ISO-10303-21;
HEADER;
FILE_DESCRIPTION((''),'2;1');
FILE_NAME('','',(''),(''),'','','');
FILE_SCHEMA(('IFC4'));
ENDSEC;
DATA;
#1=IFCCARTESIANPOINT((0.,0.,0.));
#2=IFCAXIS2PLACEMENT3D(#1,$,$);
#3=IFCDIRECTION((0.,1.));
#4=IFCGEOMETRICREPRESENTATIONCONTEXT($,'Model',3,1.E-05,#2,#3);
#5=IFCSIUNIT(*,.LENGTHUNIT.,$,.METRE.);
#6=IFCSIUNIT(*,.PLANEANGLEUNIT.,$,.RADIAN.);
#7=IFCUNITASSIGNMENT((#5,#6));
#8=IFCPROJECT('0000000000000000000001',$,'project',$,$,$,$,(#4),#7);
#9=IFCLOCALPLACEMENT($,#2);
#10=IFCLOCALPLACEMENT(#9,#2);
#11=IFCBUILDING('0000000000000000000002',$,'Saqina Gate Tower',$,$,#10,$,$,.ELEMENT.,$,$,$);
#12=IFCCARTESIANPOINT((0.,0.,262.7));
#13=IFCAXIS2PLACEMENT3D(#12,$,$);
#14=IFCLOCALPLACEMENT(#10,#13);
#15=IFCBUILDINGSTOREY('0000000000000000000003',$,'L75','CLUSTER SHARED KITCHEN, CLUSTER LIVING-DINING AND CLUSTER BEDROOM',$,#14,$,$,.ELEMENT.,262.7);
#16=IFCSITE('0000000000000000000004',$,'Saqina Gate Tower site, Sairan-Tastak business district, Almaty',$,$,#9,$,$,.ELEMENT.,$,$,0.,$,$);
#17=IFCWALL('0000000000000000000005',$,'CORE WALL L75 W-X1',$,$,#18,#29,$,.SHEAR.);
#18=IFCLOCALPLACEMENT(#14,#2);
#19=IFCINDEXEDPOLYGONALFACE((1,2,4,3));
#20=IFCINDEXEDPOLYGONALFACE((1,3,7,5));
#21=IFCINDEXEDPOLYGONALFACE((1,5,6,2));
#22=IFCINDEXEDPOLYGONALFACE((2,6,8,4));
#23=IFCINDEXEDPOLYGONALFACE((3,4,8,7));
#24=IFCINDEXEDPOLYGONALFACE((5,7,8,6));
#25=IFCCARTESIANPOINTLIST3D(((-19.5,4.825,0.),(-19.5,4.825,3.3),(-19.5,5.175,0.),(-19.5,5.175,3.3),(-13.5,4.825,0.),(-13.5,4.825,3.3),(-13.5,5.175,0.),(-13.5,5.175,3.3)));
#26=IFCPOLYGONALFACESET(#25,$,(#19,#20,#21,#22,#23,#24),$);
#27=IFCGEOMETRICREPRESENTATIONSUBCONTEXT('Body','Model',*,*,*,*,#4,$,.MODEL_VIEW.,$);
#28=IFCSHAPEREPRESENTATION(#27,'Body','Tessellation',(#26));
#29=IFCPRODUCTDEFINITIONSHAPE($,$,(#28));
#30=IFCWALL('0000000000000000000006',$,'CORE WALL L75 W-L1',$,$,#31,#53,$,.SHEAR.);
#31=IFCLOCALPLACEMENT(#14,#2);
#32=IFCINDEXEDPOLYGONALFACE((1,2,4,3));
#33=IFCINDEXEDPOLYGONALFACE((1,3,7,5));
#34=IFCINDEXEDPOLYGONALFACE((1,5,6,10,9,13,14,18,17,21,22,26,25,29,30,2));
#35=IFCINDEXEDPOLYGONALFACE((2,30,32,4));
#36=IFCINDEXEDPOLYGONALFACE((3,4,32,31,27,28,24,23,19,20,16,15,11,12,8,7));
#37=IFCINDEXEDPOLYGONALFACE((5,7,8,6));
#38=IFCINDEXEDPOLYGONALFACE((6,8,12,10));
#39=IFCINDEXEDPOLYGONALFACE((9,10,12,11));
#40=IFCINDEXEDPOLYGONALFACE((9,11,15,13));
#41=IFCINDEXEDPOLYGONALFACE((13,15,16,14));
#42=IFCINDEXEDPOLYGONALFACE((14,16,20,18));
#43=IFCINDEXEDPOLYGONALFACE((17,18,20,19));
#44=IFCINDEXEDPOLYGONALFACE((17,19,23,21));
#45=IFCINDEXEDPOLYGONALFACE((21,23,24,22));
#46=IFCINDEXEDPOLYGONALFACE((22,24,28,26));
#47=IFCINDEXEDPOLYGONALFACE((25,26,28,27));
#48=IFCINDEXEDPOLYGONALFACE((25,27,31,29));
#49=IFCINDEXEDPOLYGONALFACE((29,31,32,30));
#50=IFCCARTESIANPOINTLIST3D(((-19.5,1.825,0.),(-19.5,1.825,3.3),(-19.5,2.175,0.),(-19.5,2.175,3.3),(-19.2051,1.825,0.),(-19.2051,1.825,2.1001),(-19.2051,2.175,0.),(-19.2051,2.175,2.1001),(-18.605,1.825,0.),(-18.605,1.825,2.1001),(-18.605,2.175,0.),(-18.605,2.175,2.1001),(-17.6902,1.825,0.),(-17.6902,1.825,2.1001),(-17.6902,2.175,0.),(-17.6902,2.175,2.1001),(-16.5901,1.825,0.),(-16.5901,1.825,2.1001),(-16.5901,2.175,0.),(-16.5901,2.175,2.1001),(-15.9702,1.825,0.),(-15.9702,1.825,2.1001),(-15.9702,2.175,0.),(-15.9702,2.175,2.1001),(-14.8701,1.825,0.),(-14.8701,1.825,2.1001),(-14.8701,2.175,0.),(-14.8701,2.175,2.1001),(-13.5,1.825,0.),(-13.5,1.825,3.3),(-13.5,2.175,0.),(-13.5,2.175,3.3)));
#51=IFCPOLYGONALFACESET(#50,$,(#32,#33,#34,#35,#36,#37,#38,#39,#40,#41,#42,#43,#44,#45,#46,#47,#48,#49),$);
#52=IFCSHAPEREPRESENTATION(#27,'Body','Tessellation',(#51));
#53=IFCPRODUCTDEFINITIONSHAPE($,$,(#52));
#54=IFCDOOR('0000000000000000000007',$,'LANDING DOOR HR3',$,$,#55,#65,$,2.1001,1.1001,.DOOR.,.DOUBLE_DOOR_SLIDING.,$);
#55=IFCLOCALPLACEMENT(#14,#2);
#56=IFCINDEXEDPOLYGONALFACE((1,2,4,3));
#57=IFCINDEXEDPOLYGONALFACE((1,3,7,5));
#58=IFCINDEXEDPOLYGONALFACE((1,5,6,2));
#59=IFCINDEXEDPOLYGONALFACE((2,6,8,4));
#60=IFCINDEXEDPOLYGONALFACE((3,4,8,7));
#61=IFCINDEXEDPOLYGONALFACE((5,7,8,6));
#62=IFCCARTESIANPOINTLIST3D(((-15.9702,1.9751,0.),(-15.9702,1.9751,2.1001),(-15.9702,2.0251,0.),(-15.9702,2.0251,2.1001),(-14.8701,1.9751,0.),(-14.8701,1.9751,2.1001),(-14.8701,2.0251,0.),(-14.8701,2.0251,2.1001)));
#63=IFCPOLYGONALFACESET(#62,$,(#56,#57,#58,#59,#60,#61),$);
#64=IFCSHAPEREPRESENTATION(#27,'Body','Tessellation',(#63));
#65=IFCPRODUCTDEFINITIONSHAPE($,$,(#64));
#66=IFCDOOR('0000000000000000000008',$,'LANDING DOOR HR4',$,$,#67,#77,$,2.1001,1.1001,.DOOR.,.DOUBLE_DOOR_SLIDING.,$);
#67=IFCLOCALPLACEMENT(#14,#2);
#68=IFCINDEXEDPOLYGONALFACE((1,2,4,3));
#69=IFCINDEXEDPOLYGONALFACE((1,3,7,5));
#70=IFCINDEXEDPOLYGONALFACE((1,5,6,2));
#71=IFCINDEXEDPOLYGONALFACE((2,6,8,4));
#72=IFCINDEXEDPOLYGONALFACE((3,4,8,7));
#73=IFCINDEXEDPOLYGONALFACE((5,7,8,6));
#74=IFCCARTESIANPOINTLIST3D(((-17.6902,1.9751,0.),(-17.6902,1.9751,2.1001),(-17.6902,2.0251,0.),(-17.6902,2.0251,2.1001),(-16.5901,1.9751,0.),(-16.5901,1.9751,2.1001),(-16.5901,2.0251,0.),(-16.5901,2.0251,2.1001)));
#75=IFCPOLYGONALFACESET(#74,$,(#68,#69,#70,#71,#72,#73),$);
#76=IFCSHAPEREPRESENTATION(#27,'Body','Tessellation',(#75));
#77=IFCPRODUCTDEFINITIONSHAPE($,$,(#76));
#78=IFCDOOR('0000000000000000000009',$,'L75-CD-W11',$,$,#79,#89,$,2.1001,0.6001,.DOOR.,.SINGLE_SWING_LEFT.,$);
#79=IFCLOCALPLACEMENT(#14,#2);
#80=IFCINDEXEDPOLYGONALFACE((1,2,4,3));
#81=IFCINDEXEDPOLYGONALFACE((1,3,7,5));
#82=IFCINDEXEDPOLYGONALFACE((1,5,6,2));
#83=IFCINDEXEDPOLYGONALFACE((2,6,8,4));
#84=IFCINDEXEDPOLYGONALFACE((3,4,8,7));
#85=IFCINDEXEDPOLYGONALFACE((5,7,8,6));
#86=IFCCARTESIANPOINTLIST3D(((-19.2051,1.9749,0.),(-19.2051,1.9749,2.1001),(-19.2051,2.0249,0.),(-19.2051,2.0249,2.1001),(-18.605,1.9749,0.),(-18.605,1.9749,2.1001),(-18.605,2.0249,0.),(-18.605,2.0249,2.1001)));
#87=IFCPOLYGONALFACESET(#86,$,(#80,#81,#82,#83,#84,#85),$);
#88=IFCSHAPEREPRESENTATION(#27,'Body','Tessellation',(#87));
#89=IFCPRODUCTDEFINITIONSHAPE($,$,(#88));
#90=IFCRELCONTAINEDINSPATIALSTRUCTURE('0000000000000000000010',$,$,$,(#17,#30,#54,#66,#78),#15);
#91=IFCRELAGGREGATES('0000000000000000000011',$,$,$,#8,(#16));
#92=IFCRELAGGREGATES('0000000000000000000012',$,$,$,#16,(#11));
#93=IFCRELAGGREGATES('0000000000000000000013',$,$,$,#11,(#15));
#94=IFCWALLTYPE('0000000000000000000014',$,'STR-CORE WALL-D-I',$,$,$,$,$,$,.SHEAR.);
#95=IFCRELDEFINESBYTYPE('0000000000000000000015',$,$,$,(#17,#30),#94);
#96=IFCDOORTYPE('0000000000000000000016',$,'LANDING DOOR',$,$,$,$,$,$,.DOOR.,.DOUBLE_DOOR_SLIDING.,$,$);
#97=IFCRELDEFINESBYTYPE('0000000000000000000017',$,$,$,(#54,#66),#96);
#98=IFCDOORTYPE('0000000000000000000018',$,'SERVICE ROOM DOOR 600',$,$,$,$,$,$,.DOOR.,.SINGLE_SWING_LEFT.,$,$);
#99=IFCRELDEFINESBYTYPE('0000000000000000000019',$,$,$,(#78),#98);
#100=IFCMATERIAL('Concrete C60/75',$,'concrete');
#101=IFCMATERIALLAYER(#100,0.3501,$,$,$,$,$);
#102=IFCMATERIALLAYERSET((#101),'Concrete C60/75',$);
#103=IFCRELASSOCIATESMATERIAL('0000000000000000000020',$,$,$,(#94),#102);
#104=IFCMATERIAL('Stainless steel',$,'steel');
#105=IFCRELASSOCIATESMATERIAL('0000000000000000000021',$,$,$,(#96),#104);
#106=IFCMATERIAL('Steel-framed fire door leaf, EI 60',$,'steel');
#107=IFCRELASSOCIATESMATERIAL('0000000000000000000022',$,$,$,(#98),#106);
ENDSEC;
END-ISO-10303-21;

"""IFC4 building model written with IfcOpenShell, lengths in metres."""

from ifc_helpers import new_model, si_unit, direction, frame, frame_2d, origin, place, context, subcontext, project, spatial, rectangle, extrude, material, layer, layer_set, type_object, element, fill, save


model = new_model("IFC4")

# Units and contexts
model_context = context("Model", 3, precision=1e-05, world=origin(), true_north=direction((0.0, 1.0)))
body_context = subcontext(model_context, "Body", "Model", "MODEL_VIEW")
ifc_project = project(units=[si_unit("LENGTHUNIT", "METRE"), si_unit("PLANEANGLEUNIT", "RADIAN")], contexts=[model_context])

# Site, building, storey
site_placement = place(None, origin())
site = spatial("IfcSite", under=ifc_project, at=site_placement, Name="Saqina Gate Tower site, Sairan-Tastak business district, Almaty", CompositionType="ELEMENT", RefElevation=0.0)
building_placement = place(site_placement, origin())
building = spatial("IfcBuilding", under=site, at=building_placement, Name="Saqina Gate Tower", CompositionType="ELEMENT")
storey_placement = place(building_placement, frame((0.0, 0.0, 262.7)))
storey = spatial("IfcBuildingStorey", under=building, at=storey_placement, Name="L75", Description="CLUSTER SHARED KITCHEN, CLUSTER LIVING-DINING AND CLUSTER BEDROOM", CompositionType="ELEMENT", Elevation=262.7)

# Wall
ifc_material_1 = material(Name="Concrete C60/75", Category="concrete")
ifc_layer_1 = layer(ifc_material_1, 0.3501)
ifc_layer_set_1 = layer_set([ifc_layer_1], Name="Concrete C60/75")
wall_type_1 = type_object("IfcWallType", Name="STR-CORE WALL-D-I", PredefinedType="SHEAR", material=ifc_layer_set_1)
wall_1_placement = place(storey_placement, frame((-13.5, 5.0, 0.0), z_axis=(0.0, 0.0, 1.0), x_axis=(-1.0, 0.0, 0.0)))
element("IfcWall", 1, at=wall_1_placement, inside=storey, type_object=wall_type_1, Name="CORE WALL L75 W-X1", PredefinedType="SHEAR", context=body_context, shape_type="SweptSolid", body=[
    extrude(rectangle(XDim=6.0, YDim=0.3501, at=frame_2d((3.0, 0.0))), origin(), (0.0, 0.0, 1.0), 3.3),
])

# Wall, openings, doors
wall_2_placement = place(storey_placement, frame((-13.5, 2.0, 0.0), z_axis=(0.0, 0.0, 1.0), x_axis=(-1.0, 0.0, 0.0)))
wall_2 = element("IfcWall", 2, at=wall_2_placement, inside=storey, type_object=wall_type_1, Name="CORE WALL L75 W-L1", PredefinedType="SHEAR", context=body_context, shape_type="SweptSolid", body=[
    extrude(rectangle(XDim=6.0, YDim=0.3501, at=frame_2d((3.0, 0.0))), origin(), (0.0, 0.0, 1.0), 3.3),
])
opening_1_placement = place(wall_2_placement, frame((1.3701, 0.0, 0.0)))
opening_1 = element("IfcOpeningElement", 3, at=opening_1_placement, cuts=wall_2, PredefinedType="OPENING", context=body_context, shape_type="SweptSolid", body=[
    extrude(rectangle(XDim=1.1001, YDim=2.1001, at=frame_2d((0.55, 1.05))), frame((0.0, 0.187, 0.0), z_axis=(0.0, -1.0, 0.0), x_axis=(1.0, 0.0, 0.0)), (0.0, 0.0, 1.0), 0.374),
])
opening_2_placement = place(wall_2_placement, frame((3.0901, 0.0, 0.0)))
opening_2 = element("IfcOpeningElement", 4, at=opening_2_placement, cuts=wall_2, PredefinedType="OPENING", context=body_context, shape_type="SweptSolid", body=[
    extrude(rectangle(XDim=1.1001, YDim=2.1001, at=frame_2d((0.55, 1.05))), frame((0.0, 0.187, 0.0), z_axis=(0.0, -1.0, 0.0), x_axis=(1.0, 0.0, 0.0)), (0.0, 0.0, 1.0), 0.374),
])
opening_3_placement = place(wall_2_placement, frame((5.105, 0.0, 0.0)))
opening_3 = element("IfcOpeningElement", 5, at=opening_3_placement, cuts=wall_2, PredefinedType="OPENING", context=body_context, shape_type="SweptSolid", body=[
    extrude(rectangle(XDim=0.6001, YDim=2.1001, at=frame_2d((0.3, 1.05))), frame((0.0, 0.187, 0.0), z_axis=(0.0, -1.0, 0.0), x_axis=(1.0, 0.0, 0.0)), (0.0, 0.0, 1.0), 0.374),
])
ifc_material_2 = material(Name="Stainless steel", Category="steel")
door_type_1 = type_object("IfcDoorType", Name="LANDING DOOR", OperationType="DOUBLE_DOOR_SLIDING", PredefinedType="DOOR", material=ifc_material_2)
door_1_placement = place(opening_1_placement, origin())
door_1 = element("IfcDoor", 6, at=door_1_placement, inside=storey, type_object=door_type_1, Name="LANDING DOOR HR3", OperationType="DOUBLE_DOOR_SLIDING", OverallHeight=2.1001, OverallWidth=1.1001, PredefinedType="DOOR", context=body_context, shape_type="SweptSolid", body=[
    extrude(rectangle(XDim=1.1001, YDim=2.1001, at=frame_2d((0.55, 1.05))), frame((0.0, 0.0249, 0.0), z_axis=(0.0, -1.0, 0.0), x_axis=(1.0, 0.0, 0.0)), (0.0, 0.0, 1.0), 0.05),
])
fill(opening_1, door_1)
door_2_placement = place(opening_2_placement, origin())
door_2 = element("IfcDoor", 7, at=door_2_placement, inside=storey, type_object=door_type_1, Name="LANDING DOOR HR4", OperationType="DOUBLE_DOOR_SLIDING", OverallHeight=2.1001, OverallWidth=1.1001, PredefinedType="DOOR", context=body_context, shape_type="SweptSolid", body=[
    extrude(rectangle(XDim=1.1001, YDim=2.1001, at=frame_2d((0.55, 1.05))), frame((0.0, 0.0249, 0.0), z_axis=(0.0, -1.0, 0.0), x_axis=(1.0, 0.0, 0.0)), (0.0, 0.0, 1.0), 0.05),
])
fill(opening_2, door_2)
ifc_material_3 = material(Name="Steel-framed fire door leaf, EI 60", Category="steel")
door_type_2 = type_object("IfcDoorType", Name="SERVICE ROOM DOOR 600", OperationType="SINGLE_SWING_LEFT", PredefinedType="DOOR", material=ifc_material_3)
door_3_placement = place(opening_3_placement, frame((0.6001, 0.0, 0.0), z_axis=(0.0, 0.0, 1.0), x_axis=(-1.0, 0.0, 0.0)))
door_3 = element("IfcDoor", 8, at=door_3_placement, inside=storey, type_object=door_type_2, Name="L75-CD-W11", OperationType="SINGLE_SWING_LEFT", OverallHeight=2.1001, OverallWidth=0.6001, PredefinedType="DOOR", context=body_context, shape_type="SweptSolid", body=[
    extrude(rectangle(XDim=0.6001, YDim=2.1001, at=frame_2d((0.3, 1.05))), frame((0.0, 0.0249, 0.0), z_axis=(0.0, -1.0, 0.0), x_axis=(1.0, 0.0, 0.0)), (0.0, 0.0, 1.0), 0.05),
])
fill(opening_3, door_3)

save(model, "model.ifc")
